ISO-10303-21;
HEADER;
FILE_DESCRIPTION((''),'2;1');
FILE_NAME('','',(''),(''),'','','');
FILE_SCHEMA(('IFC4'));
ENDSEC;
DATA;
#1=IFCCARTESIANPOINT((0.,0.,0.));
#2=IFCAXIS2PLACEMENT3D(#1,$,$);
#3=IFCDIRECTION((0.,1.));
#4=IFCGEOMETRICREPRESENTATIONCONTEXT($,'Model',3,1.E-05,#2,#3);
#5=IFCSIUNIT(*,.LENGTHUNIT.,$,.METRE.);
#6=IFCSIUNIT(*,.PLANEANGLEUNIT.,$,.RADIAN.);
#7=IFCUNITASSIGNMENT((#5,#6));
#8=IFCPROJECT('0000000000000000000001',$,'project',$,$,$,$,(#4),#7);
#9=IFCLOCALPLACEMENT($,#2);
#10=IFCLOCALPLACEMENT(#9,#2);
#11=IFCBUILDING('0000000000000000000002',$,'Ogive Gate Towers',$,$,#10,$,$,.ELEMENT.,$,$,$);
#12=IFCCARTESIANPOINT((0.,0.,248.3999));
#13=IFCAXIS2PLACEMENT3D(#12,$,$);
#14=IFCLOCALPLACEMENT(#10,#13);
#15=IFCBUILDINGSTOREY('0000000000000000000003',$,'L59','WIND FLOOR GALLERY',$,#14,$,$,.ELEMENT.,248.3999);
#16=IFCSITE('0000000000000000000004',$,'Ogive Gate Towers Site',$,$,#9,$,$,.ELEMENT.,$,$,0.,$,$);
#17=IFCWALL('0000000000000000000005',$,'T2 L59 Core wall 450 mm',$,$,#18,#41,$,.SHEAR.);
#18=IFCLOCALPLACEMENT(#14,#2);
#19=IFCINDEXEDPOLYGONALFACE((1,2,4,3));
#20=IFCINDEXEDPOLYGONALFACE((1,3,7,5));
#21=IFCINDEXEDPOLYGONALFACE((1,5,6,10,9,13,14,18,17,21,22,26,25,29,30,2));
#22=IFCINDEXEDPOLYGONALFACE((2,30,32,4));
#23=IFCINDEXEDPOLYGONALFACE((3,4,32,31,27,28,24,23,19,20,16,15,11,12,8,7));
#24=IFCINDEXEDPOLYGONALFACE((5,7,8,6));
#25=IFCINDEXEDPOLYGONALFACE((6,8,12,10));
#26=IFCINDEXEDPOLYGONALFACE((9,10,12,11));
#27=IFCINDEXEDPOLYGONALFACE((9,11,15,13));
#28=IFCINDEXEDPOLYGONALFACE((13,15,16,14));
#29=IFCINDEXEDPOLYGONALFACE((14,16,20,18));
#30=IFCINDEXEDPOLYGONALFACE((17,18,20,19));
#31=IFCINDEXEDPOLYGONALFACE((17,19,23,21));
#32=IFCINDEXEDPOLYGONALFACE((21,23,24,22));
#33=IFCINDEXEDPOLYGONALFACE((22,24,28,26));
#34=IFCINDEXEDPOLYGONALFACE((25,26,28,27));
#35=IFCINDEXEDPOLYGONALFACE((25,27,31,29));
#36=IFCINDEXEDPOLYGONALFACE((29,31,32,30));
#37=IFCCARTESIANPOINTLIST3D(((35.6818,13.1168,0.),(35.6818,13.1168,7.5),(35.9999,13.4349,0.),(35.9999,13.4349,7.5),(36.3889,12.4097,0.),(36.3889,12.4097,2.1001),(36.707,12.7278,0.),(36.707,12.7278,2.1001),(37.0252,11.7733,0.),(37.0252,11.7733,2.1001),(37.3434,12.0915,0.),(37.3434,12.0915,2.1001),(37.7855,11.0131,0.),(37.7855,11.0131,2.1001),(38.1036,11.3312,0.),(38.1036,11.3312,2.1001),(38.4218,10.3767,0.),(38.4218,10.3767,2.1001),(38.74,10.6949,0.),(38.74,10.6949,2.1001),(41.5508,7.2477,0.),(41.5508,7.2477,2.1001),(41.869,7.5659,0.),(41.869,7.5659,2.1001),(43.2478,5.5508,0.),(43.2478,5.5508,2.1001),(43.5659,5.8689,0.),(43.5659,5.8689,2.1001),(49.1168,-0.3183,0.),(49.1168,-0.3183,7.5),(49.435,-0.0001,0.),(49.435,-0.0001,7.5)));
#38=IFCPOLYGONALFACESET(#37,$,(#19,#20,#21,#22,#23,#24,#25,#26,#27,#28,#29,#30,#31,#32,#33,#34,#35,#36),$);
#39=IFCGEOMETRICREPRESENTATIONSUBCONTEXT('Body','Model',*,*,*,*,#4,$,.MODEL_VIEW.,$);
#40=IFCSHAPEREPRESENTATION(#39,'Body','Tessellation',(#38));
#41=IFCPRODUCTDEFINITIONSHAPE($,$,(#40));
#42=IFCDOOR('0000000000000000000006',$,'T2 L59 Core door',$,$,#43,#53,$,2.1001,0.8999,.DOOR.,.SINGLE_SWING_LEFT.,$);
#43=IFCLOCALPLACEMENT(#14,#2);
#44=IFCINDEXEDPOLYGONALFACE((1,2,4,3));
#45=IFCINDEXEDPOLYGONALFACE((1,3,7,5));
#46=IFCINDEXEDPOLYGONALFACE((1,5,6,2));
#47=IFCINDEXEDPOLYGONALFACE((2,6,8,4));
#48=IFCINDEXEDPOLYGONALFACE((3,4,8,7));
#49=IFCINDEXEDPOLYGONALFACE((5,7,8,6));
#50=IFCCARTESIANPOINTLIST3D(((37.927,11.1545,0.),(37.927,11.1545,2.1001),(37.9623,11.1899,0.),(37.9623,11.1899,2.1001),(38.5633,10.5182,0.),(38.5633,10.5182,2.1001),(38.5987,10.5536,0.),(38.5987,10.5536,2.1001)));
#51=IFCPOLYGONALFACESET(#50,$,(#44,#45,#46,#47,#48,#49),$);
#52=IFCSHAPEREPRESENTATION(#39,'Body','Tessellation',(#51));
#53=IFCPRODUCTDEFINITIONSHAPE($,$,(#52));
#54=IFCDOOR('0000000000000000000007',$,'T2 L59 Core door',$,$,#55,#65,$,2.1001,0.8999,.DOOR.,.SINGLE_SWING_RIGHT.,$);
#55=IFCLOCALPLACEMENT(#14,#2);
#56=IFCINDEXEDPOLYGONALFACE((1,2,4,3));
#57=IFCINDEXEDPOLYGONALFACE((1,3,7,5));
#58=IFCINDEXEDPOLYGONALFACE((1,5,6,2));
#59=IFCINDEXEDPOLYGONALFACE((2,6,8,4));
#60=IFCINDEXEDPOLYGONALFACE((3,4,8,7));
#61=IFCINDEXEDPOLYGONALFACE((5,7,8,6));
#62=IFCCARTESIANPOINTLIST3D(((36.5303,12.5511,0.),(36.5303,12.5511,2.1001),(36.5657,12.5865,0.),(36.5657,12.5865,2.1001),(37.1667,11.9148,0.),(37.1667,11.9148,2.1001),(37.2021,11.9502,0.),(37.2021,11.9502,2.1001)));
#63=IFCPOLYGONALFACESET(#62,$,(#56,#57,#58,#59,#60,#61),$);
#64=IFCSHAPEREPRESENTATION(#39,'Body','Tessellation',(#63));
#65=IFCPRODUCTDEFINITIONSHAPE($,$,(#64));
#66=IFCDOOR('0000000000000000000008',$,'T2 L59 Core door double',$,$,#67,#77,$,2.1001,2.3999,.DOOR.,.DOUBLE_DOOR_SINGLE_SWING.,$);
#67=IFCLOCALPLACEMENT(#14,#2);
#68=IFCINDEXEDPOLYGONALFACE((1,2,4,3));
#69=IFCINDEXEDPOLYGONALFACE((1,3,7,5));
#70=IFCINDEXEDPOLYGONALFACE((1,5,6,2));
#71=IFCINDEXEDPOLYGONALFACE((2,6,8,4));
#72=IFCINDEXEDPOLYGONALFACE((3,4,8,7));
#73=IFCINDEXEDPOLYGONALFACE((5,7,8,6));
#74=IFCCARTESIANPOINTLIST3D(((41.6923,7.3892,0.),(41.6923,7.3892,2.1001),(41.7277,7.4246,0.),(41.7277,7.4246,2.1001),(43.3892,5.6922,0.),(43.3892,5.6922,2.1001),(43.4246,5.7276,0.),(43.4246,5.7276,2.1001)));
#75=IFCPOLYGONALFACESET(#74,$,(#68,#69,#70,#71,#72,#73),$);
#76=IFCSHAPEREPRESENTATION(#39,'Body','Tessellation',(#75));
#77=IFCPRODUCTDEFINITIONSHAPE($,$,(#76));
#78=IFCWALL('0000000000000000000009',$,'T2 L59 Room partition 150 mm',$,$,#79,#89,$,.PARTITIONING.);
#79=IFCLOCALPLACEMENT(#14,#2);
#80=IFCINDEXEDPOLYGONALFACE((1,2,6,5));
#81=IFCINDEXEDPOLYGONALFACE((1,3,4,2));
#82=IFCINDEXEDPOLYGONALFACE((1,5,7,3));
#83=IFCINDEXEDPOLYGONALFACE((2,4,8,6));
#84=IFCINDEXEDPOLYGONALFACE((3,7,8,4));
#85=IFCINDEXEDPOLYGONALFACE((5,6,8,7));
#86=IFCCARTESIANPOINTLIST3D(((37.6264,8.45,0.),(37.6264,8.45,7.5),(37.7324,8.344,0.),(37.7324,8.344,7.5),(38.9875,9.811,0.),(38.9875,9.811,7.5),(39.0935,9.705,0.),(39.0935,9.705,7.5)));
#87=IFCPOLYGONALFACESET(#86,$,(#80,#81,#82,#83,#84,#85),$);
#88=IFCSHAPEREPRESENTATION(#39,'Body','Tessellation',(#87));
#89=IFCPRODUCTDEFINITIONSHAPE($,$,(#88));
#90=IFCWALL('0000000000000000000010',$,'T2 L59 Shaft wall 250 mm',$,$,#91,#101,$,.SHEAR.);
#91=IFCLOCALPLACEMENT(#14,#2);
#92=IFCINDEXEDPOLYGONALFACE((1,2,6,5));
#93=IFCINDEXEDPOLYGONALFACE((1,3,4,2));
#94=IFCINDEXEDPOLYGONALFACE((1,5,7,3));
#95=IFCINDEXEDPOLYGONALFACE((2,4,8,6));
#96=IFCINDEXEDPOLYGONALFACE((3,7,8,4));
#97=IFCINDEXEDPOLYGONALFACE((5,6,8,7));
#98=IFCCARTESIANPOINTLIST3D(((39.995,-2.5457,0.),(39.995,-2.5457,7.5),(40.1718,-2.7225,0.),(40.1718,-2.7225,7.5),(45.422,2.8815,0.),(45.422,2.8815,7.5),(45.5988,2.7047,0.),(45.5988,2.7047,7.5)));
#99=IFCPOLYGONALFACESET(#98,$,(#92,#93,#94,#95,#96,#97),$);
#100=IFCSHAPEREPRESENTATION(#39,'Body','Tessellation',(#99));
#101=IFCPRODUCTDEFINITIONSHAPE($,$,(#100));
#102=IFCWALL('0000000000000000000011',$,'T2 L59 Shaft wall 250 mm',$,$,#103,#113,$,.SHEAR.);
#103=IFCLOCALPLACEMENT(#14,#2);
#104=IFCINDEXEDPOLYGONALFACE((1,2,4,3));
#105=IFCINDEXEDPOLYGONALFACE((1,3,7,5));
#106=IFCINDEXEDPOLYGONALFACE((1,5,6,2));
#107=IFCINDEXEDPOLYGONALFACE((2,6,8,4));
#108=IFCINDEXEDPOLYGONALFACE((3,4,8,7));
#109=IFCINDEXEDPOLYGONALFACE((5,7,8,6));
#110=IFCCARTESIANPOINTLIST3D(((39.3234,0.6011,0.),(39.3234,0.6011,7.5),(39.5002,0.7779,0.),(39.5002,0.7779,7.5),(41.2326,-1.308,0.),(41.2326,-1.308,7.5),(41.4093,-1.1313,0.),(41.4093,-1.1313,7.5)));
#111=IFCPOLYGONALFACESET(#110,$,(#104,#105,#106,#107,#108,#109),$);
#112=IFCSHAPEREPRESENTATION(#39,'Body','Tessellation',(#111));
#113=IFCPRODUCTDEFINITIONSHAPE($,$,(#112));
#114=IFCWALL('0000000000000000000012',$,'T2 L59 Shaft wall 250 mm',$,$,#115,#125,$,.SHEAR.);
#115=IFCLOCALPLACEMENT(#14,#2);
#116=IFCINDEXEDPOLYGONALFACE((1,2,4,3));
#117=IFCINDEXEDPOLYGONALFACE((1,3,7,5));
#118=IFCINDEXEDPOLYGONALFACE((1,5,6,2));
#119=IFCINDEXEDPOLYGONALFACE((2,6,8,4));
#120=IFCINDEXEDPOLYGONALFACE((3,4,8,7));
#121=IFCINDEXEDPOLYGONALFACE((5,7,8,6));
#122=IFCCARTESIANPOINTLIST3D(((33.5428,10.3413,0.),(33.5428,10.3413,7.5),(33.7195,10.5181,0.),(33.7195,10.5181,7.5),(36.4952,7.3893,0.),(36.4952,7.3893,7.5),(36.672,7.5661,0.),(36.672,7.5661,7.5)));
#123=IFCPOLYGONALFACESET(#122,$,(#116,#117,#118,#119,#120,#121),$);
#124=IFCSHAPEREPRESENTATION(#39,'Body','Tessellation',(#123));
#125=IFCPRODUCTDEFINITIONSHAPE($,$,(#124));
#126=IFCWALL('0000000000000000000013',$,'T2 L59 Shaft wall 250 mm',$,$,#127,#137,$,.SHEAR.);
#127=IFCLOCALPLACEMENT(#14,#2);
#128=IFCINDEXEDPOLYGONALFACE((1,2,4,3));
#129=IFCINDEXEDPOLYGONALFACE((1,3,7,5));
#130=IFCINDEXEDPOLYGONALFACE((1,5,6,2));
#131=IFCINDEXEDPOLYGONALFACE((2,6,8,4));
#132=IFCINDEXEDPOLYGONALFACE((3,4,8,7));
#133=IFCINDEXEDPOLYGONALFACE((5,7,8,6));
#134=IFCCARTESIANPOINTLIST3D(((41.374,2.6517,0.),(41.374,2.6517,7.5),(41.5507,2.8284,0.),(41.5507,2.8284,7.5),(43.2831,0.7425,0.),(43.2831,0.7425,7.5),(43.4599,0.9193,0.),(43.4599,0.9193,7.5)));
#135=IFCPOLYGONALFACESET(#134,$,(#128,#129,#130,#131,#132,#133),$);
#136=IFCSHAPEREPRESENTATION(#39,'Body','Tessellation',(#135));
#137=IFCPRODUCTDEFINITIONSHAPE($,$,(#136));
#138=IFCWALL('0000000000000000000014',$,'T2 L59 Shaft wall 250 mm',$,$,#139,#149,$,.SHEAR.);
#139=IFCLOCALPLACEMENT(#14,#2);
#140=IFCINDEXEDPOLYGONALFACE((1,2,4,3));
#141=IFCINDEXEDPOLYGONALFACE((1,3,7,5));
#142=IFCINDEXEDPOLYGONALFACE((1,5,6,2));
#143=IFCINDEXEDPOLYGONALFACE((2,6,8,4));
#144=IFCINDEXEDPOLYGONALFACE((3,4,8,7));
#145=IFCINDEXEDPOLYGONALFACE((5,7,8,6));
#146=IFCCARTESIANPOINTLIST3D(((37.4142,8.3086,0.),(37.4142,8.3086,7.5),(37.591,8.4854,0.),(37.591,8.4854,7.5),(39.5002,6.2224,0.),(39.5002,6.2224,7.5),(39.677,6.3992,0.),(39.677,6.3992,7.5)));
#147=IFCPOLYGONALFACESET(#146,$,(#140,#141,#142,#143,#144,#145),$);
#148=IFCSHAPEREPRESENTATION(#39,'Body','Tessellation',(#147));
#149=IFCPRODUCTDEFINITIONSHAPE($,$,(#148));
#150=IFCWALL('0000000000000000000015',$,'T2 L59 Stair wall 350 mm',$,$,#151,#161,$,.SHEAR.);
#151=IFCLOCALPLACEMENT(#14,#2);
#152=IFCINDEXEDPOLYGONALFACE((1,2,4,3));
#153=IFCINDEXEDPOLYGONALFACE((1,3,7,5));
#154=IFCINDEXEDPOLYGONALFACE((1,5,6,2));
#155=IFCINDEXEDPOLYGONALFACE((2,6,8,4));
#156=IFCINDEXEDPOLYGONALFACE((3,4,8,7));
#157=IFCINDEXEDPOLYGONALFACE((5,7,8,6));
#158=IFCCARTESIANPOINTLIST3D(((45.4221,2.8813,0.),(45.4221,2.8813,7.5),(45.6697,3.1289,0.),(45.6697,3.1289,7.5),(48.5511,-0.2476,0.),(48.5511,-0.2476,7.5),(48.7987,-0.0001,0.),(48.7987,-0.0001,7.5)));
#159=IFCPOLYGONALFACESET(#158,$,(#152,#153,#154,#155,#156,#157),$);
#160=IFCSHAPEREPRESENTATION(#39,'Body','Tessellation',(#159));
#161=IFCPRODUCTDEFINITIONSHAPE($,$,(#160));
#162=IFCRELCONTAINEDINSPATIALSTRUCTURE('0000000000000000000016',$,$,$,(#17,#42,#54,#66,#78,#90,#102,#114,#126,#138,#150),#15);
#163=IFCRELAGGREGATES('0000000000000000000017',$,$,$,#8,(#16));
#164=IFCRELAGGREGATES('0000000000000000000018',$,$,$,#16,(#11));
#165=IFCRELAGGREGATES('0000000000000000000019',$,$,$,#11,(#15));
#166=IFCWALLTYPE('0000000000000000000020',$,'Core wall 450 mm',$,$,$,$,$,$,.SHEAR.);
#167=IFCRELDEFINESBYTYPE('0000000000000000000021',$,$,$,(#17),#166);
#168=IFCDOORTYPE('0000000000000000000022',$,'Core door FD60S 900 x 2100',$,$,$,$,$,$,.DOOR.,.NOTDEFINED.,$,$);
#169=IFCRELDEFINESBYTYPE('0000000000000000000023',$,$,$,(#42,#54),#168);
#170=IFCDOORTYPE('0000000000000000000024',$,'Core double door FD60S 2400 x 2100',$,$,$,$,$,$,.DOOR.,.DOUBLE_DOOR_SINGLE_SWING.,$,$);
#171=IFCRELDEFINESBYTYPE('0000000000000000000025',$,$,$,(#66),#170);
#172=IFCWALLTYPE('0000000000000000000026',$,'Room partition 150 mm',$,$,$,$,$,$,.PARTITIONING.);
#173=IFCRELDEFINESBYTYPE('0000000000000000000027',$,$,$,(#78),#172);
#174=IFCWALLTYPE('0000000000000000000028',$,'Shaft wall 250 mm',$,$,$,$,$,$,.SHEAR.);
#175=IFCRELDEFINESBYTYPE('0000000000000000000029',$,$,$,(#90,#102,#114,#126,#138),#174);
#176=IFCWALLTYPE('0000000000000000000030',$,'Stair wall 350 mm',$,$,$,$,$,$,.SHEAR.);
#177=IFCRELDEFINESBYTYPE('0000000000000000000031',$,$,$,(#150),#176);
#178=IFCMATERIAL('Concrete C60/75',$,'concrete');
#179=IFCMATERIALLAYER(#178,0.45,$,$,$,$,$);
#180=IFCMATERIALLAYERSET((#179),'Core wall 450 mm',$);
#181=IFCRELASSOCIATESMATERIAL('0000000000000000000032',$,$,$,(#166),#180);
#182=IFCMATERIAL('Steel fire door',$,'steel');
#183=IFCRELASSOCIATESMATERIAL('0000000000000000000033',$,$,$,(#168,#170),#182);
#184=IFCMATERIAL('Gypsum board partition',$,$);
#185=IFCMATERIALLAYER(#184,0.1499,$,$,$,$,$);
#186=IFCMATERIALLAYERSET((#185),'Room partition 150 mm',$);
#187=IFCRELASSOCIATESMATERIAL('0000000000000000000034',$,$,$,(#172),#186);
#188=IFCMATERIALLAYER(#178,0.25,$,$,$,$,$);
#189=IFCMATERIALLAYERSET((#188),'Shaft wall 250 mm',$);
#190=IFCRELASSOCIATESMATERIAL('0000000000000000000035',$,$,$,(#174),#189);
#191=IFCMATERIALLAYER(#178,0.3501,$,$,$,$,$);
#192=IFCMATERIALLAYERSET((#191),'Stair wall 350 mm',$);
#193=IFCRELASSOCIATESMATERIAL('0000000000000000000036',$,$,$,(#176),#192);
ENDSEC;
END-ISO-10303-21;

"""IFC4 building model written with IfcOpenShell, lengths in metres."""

from ifc_helpers import new_model, si_unit, direction, frame, frame_2d, origin, place, context, subcontext, project, spatial, rectangle, extrude, material, layer, layer_set, type_object, element, fill, save


model = new_model("IFC4")

# Units and contexts
model_context = context("Model", 3, precision=1e-05, world=origin(), true_north=direction((0.0, 1.0)))
body_context = subcontext(model_context, "Body", "Model", "MODEL_VIEW")
ifc_project = project(units=[si_unit("LENGTHUNIT", "METRE"), si_unit("PLANEANGLEUNIT", "RADIAN")], contexts=[model_context])

# Site, building, storey
site_placement = place(None, origin())
site = spatial("IfcSite", under=ifc_project, at=site_placement, Name="Ogive Gate Towers Site", CompositionType="ELEMENT", RefElevation=0.0)
building_placement = place(site_placement, origin())
building = spatial("IfcBuilding", under=site, at=building_placement, Name="Ogive Gate Towers", CompositionType="ELEMENT")
storey_placement = place(building_placement, frame((0.0, 0.0, 248.3999)))
storey = spatial("IfcBuildingStorey", under=building, at=storey_placement, Name="L59", Description="WIND FLOOR GALLERY", CompositionType="ELEMENT", Elevation=248.3999)

# Wall, openings, doors
ifc_material_1 = material(Name="Concrete C60/75", Category="concrete")
ifc_layer_1 = layer(ifc_material_1, 0.45)
ifc_layer_set_1 = layer_set([ifc_layer_1], Name="Core wall 450 mm")
wall_type_1 = type_object("IfcWallType", Name="Core wall 450 mm", PredefinedType="SHEAR", material=ifc_layer_set_1)
wall_1_placement = place(storey_placement, frame((49.2759, -0.1592, 0.0), z_axis=(0.0, 0.0, 1.0), x_axis=(-0.707107, 0.707107, 0.0)))
wall_1 = element("IfcWall", 1, at=wall_1_placement, inside=storey, type_object=wall_type_1, Name="T2 L59 Core wall 450 mm", PredefinedType="SHEAR", context=body_context, shape_type="SweptSolid", body=[
    extrude(rectangle(XDim=19.0, YDim=0.45, at=frame_2d((9.5, 0.0))), origin(), (0.0, 0.0, 1.0), 7.5),
])
opening_1_placement = place(wall_1_placement, frame((8.3, 0.0, 0.0)))
opening_1 = element("IfcOpeningElement", 2, at=opening_1_placement, cuts=wall_1, PredefinedType="OPENING", context=body_context, shape_type="SweptSolid", body=[
    extrude(rectangle(XDim=2.3999, YDim=2.1001, at=frame_2d((1.2, 1.05))), frame((0.0, 0.2349, 0.0), z_axis=(0.0, -1.0, 0.0), x_axis=(1.0, 0.0, 0.0)), (0.0, 0.0, 1.0), 0.47),
])
opening_2_placement = place(wall_1_placement, frame((15.125, 0.0, 0.0)))
opening_2 = element("IfcOpeningElement", 3, at=opening_2_placement, cuts=wall_1, PredefinedType="OPENING", context=body_context, shape_type="SweptSolid", body=[
    extrude(rectangle(XDim=0.8999, YDim=2.1001, at=frame_2d((0.45, 1.05))), frame((0.0, 0.2349, 0.0), z_axis=(0.0, -1.0, 0.0), x_axis=(1.0, 0.0, 0.0)), (0.0, 0.0, 1.0), 0.47),
])
opening_3_placement = place(wall_1_placement, frame((17.1001, 0.0, 0.0)))
opening_3 = element("IfcOpeningElement", 4, at=opening_3_placement, cuts=wall_1, PredefinedType="OPENING", context=body_context, shape_type="SweptSolid", body=[
    extrude(rectangle(XDim=0.8999, YDim=2.1001, at=frame_2d((0.45, 1.05))), frame((0.0, 0.2349, 0.0), z_axis=(0.0, -1.0, 0.0), x_axis=(1.0, 0.0, 0.0)), (0.0, 0.0, 1.0), 0.47),
])
ifc_material_2 = material(Name="Steel fire door", Category="steel")
door_type_1 = type_object("IfcDoorType", Name="Core door FD60S 900 x 2100", OperationType="NOTDEFINED", PredefinedType="DOOR", material=ifc_material_2)
door_1_placement = place(opening_2_placement, origin())
door_1 = element("IfcDoor", 5, at=door_1_placement, inside=storey, type_object=door_type_1, Name="T2 L59 Core door", OperationType="SINGLE_SWING_LEFT", OverallHeight=2.1001, OverallWidth=0.8999, PredefinedType="DOOR", context=body_context, shape_type="SweptSolid", body=[
    extrude(rectangle(XDim=0.8999, YDim=2.1001, at=frame_2d((0.45, 1.05))), frame((0.0, 0.0249, 0.0), z_axis=(0.0, -1.0, 0.0), x_axis=(1.0, 0.0, 0.0)), (0.0, 0.0, 1.0), 0.05),
])
fill(opening_2, door_1)
door_2_placement = place(opening_3_placement, origin())
door_2 = element("IfcDoor", 6, at=door_2_placement, inside=storey, type_object=door_type_1, Name="T2 L59 Core door", OperationType="SINGLE_SWING_RIGHT", OverallHeight=2.1001, OverallWidth=0.8999, PredefinedType="DOOR", context=body_context, shape_type="SweptSolid", body=[
    extrude(rectangle(XDim=0.8999, YDim=2.1001, at=frame_2d((0.45, 1.05))), frame((0.0, 0.0249, 0.0), z_axis=(0.0, -1.0, 0.0), x_axis=(1.0, 0.0, 0.0)), (0.0, 0.0, 1.0), 0.05),
])
fill(opening_3, door_2)
door_type_2 = type_object("IfcDoorType", Name="Core double door FD60S 2400 x 2100", OperationType="DOUBLE_DOOR_SINGLE_SWING", PredefinedType="DOOR", material=ifc_material_2)
door_3_placement = place(opening_1_placement, origin())
door_3 = element("IfcDoor", 7, at=door_3_placement, inside=storey, type_object=door_type_2, Name="T2 L59 Core door double", OperationType="DOUBLE_DOOR_SINGLE_SWING", OverallHeight=2.1001, OverallWidth=2.3999, PredefinedType="DOOR", context=body_context, shape_type="SweptSolid", body=[
    extrude(rectangle(XDim=2.3999, YDim=2.1001, at=frame_2d((1.2, 1.05))), frame((0.0, 0.0249, 0.0), z_axis=(0.0, -1.0, 0.0), x_axis=(1.0, 0.0, 0.0)), (0.0, 0.0, 1.0), 0.05),
])
fill(opening_1, door_3)

# Walls
ifc_material_3 = material(Name="Gypsum board partition")
ifc_layer_2 = layer(ifc_material_3, 0.1499)
ifc_layer_set_2 = layer_set([ifc_layer_2], Name="Room partition 150 mm")
wall_type_2 = type_object("IfcWallType", Name="Room partition 150 mm", PredefinedType="PARTITIONING", material=ifc_layer_set_2)
wall_2_placement = place(storey_placement, frame((37.6794, 8.397, 0.0), z_axis=(0.0, 0.0, 1.0), x_axis=(0.707107, 0.707107, 0.0)))
element("IfcWall", 8, at=wall_2_placement, inside=storey, type_object=wall_type_2, Name="T2 L59 Room partition 150 mm", PredefinedType="PARTITIONING", context=body_context, shape_type="SweptSolid", body=[
    extrude(rectangle(XDim=1.9248, YDim=0.1499, at=frame_2d((0.9624, 0.0))), origin(), (0.0, 0.0, 1.0), 7.5),
])
ifc_layer_3 = layer(ifc_material_1, 0.25)
ifc_layer_set_3 = layer_set([ifc_layer_3], Name="Shaft wall 250 mm")
wall_type_3 = type_object("IfcWallType", Name="Shaft wall 250 mm", PredefinedType="SHEAR", material=ifc_layer_set_3)
wall_3_placement = place(storey_placement, frame((40.0835, -2.634, 0.0), z_axis=(0.0, 0.0, 1.0), x_axis=(0.707091, 0.707123, 0.0)))
element("IfcWall", 9, at=wall_3_placement, inside=storey, type_object=wall_type_3, Name="T2 L59 Shaft wall 250 mm", PredefinedType="SHEAR", context=body_context, shape_type="SweptSolid", body=[
    extrude(rectangle(XDim=7.675, YDim=0.25, at=frame_2d((3.8374, 0.0))), origin(), (0.0, 0.0, 1.0), 7.5),
])
wall_4_placement = place(storey_placement, frame((41.321, -1.2197, 0.0), z_axis=(0.0, 0.0, 1.0), x_axis=(-0.707107, 0.707107, 0.0)))
element("IfcWall", 10, at=wall_4_placement, inside=storey, type_object=wall_type_3, Name="T2 L59 Shaft wall 250 mm", PredefinedType="SHEAR", context=body_context, shape_type="SweptSolid", body=[
    extrude(rectangle(XDim=2.7, YDim=0.25, at=frame_2d((1.3501, 0.0))), origin(), (0.0, 0.0, 1.0), 7.5),
])
wall_5_placement = place(storey_placement, frame((36.5835, 7.4778, 0.0), z_axis=(0.0, 0.0, 1.0), x_axis=(-0.707165, 0.707048, 0.0)))
element("IfcWall", 11, at=wall_5_placement, inside=storey, type_object=wall_type_3, Name="T2 L59 Shaft wall 250 mm", PredefinedType="SHEAR", context=body_context, shape_type="SweptSolid", body=[
    extrude(rectangle(XDim=4.175, YDim=0.25, at=frame_2d((2.0874, 0.0))), origin(), (0.0, 0.0, 1.0), 7.5),
])
wall_6_placement = place(storey_placement, frame((43.3716, 0.8308, 0.0), z_axis=(0.0, 0.0, 1.0), x_axis=(-0.707107, 0.707107, 0.0)))
element("IfcWall", 12, at=wall_6_placement, inside=storey, type_object=wall_type_3, Name="T2 L59 Shaft wall 250 mm", PredefinedType="SHEAR", context=body_context, shape_type="SweptSolid", body=[
    extrude(rectangle(XDim=2.7, YDim=0.25, at=frame_2d((1.3501, 0.0))), origin(), (0.0, 0.0, 1.0), 7.5),
])
wall_7_placement = place(storey_placement, frame((39.5886, 6.3108, 0.0), z_axis=(0.0, 0.0, 1.0), x_axis=(-0.707065, 0.707148, 0.0)))
element("IfcWall", 13, at=wall_7_placement, inside=storey, type_object=wall_type_3, Name="T2 L59 Shaft wall 250 mm", PredefinedType="SHEAR", context=body_context, shape_type="SweptSolid", body=[
    extrude(rectangle(XDim=2.9502, YDim=0.25, at=frame_2d((1.4751, 0.0))), origin(), (0.0, 0.0, 1.0), 7.5),
])
ifc_layer_4 = layer(ifc_material_1, 0.3501)
ifc_layer_set_4 = layer_set([ifc_layer_4], Name="Stair wall 350 mm")
wall_type_4 = type_object("IfcWallType", Name="Stair wall 350 mm", PredefinedType="SHEAR", material=ifc_layer_set_4)
wall_8_placement = place(storey_placement, frame((48.6748, -0.1238, 0.0), z_axis=(0.0, 0.0, 1.0), x_axis=(-0.707107, 0.707107, 0.0)))
element("IfcWall", 14, at=wall_8_placement, inside=storey, type_object=wall_type_4, Name="T2 L59 Stair wall 350 mm", PredefinedType="SHEAR", context=body_context, shape_type="SweptSolid", body=[
    extrude(rectangle(XDim=4.425, YDim=0.3501, at=frame_2d((2.2124, 0.0))), origin(), (0.0, 0.0, 1.0), 7.5),
])

save(model, "model.ifc")
